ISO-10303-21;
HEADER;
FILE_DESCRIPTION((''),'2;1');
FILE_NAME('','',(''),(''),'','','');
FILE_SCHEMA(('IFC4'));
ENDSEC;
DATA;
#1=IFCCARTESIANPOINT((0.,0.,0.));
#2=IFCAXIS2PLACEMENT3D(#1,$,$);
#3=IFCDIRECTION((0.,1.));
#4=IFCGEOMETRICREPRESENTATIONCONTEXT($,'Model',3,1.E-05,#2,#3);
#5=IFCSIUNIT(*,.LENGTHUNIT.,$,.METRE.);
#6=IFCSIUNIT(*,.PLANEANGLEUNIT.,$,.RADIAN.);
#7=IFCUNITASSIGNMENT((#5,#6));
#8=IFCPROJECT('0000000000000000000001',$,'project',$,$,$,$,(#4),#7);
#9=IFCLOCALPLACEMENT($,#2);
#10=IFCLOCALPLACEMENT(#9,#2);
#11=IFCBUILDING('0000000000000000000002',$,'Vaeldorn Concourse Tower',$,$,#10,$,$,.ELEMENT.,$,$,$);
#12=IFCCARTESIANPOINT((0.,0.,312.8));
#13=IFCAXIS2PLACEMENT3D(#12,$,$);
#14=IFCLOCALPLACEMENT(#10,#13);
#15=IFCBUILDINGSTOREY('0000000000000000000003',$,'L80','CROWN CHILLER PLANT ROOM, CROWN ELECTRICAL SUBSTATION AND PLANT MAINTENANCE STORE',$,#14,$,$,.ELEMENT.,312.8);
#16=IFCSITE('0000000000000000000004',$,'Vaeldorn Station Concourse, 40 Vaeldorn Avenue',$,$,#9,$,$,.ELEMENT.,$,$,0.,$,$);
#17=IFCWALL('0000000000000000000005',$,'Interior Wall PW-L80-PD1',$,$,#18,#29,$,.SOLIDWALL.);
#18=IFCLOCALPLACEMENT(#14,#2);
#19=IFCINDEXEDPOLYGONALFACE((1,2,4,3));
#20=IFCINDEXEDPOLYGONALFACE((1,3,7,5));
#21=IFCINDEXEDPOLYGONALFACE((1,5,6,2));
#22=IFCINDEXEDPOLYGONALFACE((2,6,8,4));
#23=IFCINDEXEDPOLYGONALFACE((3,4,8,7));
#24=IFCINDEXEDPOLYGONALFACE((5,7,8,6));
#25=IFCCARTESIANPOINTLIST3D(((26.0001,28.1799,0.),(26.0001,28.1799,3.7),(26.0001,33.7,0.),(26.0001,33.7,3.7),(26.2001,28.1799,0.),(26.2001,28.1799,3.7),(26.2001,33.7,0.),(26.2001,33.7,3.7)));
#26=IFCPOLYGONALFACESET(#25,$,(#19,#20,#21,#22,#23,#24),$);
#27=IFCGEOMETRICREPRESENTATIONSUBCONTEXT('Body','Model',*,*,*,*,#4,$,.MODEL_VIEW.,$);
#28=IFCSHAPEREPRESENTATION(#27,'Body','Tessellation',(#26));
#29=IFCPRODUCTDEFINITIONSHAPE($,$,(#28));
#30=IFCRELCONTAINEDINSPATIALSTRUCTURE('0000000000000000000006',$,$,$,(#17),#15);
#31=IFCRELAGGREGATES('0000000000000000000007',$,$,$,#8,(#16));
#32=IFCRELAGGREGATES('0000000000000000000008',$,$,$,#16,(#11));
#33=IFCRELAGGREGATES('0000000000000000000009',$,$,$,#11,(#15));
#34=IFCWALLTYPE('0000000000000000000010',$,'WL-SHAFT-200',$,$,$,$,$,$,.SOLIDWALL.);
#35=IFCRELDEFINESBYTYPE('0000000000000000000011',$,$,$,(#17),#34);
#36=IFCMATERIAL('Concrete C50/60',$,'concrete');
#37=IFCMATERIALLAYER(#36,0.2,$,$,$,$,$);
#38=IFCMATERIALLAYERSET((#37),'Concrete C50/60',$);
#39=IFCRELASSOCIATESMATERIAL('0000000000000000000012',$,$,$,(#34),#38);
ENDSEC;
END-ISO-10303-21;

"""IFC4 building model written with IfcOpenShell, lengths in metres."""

from ifc_helpers import new_model, si_unit, direction, frame, frame_2d, origin, place, context, subcontext, project, spatial, rectangle, extrude, material, layer, layer_set, type_object, element, save


model = new_model("IFC4")

# Units and contexts
model_context = context("Model", 3, precision=1e-05, world=origin(), true_north=direction((0.0, 1.0)))
body_context = subcontext(model_context, "Body", "Model", "MODEL_VIEW")
ifc_project = project(units=[si_unit("LENGTHUNIT", "METRE"), si_unit("PLANEANGLEUNIT", "RADIAN")], contexts=[model_context])

# Site, building, storey
site_placement = place(None, origin())
site = spatial("IfcSite", under=ifc_project, at=site_placement, Name="Vaeldorn Station Concourse, 40 Vaeldorn Avenue", CompositionType="ELEMENT", RefElevation=0.0)
building_placement = place(site_placement, origin())
building = spatial("IfcBuilding", under=site, at=building_placement, Name="Vaeldorn Concourse Tower", CompositionType="ELEMENT")
storey_placement = place(building_placement, frame((0.0, 0.0, 312.8)))
storey = spatial("IfcBuildingStorey", under=building, at=storey_placement, Name="L80", Description="CROWN CHILLER PLANT ROOM, CROWN ELECTRICAL SUBSTATION AND PLANT MAINTENANCE STORE", CompositionType="ELEMENT", Elevation=312.8)

# Shared definitions
ifc_material_1 = material(Name="Concrete C50/60", Category="concrete")

# Shared definitions
ifc_layer_1 = layer(ifc_material_1, 0.2)
ifc_layer_set_1 = layer_set([ifc_layer_1], Name="Concrete C50/60")
wall_type = type_object("IfcWallType", Name="WL-SHAFT-200", PredefinedType="SOLIDWALL", material=ifc_layer_set_1)

# Wall
wall_1_placement = place(storey_placement, frame((26.1001, 28.1799, 0.0), z_axis=(0.0, 0.0, 1.0), x_axis=(0.0, 1.0, 0.0)))
element("IfcWall", 1, at=wall_1_placement, inside=storey, type_object=wall_type, Name="Interior Wall PW-L80-PD1", PredefinedType="SOLIDWALL", context=body_context, shape_type="SweptSolid", body=[
    extrude(rectangle(XDim=5.52, YDim=0.2, at=frame_2d((2.76, 0.0))), origin(), (0.0, 0.0, 1.0), 3.7),
])

save(model, "model.ifc")
